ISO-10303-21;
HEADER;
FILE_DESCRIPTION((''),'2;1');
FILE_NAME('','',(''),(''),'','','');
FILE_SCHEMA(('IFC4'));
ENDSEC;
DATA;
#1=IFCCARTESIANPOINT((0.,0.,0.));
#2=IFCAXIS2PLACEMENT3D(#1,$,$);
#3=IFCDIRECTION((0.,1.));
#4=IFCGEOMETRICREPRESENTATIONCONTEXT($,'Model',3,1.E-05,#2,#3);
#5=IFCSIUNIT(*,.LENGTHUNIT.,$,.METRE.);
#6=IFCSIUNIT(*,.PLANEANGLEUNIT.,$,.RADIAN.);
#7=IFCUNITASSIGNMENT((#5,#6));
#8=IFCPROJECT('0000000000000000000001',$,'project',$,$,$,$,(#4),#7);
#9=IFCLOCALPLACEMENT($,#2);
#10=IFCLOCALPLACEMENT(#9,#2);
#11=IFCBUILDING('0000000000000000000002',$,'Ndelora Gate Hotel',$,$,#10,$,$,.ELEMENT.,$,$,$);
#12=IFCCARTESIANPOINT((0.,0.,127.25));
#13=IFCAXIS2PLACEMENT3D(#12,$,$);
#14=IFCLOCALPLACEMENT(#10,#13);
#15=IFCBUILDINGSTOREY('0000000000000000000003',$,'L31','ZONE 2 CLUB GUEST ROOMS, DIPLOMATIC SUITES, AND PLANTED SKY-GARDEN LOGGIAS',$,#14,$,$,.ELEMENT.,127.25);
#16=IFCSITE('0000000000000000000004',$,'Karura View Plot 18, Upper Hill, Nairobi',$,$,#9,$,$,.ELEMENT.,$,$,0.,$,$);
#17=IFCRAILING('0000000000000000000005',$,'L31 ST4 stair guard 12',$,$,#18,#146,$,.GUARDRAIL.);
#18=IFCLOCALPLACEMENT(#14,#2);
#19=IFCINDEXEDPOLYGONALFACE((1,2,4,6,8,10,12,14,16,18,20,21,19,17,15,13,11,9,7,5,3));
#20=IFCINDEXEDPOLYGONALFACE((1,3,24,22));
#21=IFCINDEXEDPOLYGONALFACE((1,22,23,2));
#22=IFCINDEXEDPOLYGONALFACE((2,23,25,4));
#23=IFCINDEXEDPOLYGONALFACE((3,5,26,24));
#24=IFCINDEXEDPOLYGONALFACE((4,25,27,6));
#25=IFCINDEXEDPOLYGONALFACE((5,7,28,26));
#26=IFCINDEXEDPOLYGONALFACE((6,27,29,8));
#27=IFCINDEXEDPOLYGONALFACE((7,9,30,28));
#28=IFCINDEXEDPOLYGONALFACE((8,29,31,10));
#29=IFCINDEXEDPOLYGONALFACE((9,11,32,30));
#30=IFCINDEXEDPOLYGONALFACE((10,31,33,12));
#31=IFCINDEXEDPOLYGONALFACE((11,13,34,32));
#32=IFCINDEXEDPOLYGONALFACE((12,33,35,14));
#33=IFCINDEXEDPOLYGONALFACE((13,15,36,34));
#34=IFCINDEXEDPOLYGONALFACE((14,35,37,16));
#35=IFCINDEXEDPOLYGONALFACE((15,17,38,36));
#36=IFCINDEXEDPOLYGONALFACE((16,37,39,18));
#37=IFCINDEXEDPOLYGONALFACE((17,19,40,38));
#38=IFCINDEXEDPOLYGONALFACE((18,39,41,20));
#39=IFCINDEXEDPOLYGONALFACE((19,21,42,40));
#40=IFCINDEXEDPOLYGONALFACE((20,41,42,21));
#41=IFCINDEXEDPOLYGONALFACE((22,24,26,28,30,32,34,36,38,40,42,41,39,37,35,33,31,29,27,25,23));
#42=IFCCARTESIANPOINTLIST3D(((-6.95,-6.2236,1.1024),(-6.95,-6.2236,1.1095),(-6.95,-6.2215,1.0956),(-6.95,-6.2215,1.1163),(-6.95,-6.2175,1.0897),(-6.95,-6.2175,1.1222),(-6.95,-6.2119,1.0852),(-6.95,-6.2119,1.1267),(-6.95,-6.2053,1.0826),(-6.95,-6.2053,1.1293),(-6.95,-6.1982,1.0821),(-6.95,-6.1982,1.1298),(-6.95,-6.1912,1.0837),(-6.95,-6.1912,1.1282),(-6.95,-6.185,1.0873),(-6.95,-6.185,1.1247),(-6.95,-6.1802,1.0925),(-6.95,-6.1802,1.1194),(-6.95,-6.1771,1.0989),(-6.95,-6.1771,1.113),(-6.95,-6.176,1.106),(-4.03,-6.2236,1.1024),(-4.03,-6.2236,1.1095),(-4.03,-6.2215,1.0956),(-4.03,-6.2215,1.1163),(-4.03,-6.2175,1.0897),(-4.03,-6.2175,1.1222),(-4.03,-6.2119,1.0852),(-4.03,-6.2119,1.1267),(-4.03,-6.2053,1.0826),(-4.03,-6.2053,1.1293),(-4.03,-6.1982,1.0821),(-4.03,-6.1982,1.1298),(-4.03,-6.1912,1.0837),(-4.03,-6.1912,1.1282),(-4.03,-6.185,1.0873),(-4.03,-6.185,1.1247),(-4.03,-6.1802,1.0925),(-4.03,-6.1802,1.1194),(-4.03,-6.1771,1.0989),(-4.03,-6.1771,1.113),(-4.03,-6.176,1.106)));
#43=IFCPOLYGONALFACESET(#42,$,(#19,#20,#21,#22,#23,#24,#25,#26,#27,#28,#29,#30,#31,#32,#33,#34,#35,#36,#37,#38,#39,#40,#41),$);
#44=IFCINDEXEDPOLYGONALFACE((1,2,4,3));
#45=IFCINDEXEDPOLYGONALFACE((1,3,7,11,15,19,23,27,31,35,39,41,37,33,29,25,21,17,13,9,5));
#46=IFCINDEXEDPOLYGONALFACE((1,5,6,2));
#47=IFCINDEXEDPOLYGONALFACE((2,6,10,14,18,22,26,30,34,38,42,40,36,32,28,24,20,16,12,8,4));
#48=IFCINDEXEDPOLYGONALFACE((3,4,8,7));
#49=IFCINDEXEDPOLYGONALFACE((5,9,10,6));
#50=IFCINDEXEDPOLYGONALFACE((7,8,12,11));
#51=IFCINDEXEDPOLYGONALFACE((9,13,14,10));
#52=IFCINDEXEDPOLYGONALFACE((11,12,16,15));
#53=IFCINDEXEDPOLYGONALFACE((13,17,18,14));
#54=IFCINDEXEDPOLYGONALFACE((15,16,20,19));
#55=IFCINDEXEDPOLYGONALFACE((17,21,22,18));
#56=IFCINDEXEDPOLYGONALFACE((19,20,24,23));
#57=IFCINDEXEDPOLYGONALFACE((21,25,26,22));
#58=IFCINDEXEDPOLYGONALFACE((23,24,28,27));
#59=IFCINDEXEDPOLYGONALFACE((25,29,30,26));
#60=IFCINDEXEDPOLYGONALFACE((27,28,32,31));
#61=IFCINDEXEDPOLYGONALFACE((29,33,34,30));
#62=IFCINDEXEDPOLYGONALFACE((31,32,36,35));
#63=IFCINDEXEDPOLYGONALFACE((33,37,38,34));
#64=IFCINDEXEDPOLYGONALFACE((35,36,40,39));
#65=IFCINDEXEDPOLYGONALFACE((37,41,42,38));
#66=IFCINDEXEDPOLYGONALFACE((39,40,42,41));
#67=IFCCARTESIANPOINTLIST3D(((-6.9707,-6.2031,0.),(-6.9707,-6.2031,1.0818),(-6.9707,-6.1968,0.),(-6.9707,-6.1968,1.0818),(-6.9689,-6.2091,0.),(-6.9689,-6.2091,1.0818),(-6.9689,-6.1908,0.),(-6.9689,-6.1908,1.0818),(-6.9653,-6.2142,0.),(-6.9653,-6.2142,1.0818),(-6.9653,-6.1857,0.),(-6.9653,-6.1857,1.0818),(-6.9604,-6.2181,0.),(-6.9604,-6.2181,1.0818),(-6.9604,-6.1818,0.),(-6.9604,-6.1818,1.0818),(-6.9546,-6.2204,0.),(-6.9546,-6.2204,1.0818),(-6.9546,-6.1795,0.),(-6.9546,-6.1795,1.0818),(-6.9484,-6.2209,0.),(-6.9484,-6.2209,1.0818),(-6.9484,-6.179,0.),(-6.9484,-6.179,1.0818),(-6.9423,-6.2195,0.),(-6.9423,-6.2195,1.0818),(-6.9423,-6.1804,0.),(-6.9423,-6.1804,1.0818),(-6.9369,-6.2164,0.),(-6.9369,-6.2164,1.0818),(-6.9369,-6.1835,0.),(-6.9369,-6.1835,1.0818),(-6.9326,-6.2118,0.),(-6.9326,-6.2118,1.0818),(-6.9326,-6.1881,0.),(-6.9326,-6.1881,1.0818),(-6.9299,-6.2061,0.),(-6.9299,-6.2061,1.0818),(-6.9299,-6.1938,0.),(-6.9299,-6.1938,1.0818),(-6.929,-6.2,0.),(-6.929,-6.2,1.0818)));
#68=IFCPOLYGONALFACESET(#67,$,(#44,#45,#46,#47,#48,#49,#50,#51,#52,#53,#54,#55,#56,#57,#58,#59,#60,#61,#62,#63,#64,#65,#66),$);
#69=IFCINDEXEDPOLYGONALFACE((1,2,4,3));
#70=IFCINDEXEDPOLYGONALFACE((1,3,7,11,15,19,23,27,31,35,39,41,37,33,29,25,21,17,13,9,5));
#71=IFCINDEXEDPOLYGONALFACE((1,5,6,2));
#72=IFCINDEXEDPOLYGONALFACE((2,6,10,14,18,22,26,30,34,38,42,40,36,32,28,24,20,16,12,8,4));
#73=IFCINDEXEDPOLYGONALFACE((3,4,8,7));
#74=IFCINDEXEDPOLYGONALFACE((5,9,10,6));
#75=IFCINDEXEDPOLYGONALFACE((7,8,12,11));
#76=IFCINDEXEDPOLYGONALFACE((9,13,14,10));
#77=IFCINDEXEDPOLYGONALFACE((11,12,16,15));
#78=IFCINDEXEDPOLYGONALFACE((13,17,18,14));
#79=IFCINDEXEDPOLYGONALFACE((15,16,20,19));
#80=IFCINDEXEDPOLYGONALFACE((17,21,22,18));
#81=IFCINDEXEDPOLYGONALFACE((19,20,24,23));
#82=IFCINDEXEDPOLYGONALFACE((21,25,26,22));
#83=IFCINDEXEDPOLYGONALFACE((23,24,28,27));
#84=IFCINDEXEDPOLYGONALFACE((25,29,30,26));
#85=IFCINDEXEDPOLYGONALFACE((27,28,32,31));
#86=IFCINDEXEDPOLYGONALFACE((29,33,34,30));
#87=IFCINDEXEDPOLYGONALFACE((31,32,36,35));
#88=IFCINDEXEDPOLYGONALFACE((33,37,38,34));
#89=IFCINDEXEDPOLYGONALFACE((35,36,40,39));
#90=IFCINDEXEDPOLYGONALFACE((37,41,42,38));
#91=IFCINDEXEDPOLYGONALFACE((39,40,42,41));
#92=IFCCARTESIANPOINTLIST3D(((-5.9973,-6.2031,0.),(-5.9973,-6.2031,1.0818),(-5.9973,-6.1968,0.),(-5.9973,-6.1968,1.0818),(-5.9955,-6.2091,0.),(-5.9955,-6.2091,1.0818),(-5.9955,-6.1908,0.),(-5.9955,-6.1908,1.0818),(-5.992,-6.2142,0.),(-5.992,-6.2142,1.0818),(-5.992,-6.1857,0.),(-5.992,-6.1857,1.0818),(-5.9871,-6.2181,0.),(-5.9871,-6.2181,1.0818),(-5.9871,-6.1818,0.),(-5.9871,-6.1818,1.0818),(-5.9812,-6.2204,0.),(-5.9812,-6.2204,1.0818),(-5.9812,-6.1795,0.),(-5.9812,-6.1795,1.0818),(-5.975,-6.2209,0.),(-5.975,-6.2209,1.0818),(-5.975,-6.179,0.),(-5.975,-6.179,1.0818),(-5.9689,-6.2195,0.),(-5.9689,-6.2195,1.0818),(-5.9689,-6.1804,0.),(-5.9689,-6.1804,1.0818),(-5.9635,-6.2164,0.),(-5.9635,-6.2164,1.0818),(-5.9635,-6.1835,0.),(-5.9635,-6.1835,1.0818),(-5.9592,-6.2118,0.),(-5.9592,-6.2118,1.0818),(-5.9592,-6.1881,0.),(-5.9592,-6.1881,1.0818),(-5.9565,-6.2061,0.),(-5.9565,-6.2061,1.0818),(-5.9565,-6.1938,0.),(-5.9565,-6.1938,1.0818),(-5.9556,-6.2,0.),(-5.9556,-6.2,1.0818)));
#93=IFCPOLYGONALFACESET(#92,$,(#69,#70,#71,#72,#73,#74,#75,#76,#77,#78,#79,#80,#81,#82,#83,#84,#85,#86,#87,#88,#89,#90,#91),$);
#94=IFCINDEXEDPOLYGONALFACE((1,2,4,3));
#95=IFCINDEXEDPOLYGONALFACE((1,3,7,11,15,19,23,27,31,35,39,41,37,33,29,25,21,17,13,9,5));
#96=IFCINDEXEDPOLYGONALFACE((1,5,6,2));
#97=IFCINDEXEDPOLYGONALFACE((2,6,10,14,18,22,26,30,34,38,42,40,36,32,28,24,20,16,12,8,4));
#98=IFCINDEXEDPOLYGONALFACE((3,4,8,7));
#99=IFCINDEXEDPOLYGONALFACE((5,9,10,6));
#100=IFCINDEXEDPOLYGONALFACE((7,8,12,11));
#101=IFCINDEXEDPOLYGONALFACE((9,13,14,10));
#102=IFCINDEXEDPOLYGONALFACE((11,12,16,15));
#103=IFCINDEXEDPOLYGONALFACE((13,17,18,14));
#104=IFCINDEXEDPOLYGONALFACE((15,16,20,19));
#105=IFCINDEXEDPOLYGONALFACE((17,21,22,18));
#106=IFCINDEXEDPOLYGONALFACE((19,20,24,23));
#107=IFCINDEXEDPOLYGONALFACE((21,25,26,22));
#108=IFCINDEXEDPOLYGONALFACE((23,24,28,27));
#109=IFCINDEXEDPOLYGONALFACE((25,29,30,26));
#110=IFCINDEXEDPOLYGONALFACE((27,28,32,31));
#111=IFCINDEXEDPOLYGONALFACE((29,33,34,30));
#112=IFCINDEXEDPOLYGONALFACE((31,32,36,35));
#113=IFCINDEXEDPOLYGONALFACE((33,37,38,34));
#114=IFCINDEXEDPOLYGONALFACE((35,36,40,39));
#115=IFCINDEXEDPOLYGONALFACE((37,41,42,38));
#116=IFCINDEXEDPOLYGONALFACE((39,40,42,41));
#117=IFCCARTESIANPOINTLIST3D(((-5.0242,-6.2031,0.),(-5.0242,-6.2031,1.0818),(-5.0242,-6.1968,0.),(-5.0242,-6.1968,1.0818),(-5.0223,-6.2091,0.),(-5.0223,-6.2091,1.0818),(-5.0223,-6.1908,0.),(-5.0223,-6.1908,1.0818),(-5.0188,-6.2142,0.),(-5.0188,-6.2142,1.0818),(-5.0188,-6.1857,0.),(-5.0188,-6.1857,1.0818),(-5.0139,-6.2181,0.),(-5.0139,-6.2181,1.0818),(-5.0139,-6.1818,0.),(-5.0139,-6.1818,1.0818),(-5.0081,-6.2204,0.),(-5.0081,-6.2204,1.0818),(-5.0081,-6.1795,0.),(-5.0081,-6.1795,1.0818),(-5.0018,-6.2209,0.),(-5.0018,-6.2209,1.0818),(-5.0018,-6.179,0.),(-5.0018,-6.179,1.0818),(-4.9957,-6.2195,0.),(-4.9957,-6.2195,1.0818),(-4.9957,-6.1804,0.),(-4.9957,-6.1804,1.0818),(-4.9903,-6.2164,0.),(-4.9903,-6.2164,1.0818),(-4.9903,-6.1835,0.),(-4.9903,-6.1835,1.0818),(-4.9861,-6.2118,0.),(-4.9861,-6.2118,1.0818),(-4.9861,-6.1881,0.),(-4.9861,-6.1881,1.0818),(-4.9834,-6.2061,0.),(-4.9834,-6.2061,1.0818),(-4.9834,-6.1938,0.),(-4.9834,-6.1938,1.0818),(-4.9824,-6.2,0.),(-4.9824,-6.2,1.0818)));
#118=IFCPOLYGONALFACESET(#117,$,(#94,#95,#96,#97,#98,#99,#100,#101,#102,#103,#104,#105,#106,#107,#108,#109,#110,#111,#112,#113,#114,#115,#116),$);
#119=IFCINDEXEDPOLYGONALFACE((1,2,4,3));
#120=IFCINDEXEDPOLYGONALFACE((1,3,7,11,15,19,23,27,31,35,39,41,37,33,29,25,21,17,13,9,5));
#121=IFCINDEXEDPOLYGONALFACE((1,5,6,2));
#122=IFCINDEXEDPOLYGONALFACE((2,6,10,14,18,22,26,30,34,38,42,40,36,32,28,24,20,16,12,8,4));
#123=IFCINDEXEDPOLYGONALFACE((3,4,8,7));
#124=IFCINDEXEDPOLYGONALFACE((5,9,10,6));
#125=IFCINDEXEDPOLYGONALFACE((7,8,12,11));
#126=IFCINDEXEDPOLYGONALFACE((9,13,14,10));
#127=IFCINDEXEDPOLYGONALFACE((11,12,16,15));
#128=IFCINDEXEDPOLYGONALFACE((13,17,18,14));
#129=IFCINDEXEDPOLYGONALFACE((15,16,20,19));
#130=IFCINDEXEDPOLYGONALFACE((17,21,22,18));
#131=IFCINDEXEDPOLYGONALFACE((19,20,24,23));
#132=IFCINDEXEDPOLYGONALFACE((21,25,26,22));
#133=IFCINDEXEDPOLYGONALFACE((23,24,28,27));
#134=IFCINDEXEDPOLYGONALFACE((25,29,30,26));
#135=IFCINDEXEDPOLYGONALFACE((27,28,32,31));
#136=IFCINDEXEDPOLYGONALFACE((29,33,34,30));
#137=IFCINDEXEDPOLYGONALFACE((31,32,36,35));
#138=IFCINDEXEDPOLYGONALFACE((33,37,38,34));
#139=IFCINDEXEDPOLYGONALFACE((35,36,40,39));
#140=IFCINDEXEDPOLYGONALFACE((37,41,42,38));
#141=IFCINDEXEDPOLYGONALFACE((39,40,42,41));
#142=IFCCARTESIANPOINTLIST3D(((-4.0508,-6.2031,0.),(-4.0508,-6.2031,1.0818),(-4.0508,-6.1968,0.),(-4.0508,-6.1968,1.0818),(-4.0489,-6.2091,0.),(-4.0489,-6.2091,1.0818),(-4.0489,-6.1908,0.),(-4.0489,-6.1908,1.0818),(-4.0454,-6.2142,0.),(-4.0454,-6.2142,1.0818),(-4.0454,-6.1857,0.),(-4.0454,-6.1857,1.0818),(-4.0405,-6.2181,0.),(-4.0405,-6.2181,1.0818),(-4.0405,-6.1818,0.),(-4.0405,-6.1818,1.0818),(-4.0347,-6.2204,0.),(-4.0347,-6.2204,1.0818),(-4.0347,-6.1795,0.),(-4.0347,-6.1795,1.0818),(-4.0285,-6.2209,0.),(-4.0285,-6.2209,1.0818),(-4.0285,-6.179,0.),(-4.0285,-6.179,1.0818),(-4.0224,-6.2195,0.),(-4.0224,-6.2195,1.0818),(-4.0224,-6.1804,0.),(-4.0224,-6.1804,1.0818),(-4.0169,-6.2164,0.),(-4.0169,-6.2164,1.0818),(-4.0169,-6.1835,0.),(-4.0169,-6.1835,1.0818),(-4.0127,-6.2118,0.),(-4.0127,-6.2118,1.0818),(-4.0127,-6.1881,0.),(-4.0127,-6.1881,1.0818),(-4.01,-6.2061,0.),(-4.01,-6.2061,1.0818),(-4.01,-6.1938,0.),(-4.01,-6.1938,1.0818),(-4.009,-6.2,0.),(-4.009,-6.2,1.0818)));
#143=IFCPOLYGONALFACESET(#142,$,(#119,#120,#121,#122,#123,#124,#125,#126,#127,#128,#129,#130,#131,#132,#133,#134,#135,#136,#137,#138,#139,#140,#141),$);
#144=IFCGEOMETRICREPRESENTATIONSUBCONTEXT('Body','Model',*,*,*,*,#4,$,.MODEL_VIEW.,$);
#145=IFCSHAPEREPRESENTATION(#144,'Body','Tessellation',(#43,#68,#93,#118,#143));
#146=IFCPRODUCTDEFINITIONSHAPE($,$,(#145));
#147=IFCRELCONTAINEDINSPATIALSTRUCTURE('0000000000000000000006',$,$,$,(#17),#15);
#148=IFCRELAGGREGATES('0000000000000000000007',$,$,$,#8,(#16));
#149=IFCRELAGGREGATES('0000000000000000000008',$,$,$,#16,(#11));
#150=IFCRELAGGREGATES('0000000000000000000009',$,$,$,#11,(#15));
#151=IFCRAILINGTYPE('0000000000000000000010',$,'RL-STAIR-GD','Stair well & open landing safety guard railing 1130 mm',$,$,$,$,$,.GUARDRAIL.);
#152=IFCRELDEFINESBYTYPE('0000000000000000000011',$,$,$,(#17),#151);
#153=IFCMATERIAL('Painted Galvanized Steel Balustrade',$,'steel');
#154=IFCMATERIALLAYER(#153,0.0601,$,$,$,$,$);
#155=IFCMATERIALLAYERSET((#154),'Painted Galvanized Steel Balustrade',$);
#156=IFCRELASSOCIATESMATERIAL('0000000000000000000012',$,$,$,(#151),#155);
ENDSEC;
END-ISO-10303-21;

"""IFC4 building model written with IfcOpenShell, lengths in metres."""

from ifc_helpers import new_model, si_unit, direction, frame, origin, origin_2d, place, context, subcontext, project, spatial, circle, extrude, material, layer, layer_set, type_object, element, save


model = new_model("IFC4")

# Units and contexts
model_context = context("Model", 3, precision=1e-05, world=origin(), true_north=direction((0.0, 1.0)))
body_context = subcontext(model_context, "Body", "Model", "MODEL_VIEW")
ifc_project = project(units=[si_unit("LENGTHUNIT", "METRE"), si_unit("PLANEANGLEUNIT", "RADIAN")], contexts=[model_context])

# Site, building, storey
site_placement = place(None, origin())
site = spatial("IfcSite", under=ifc_project, at=site_placement, Name="Karura View Plot 18, Upper Hill, Nairobi", CompositionType="ELEMENT", RefElevation=0.0)
building_placement = place(site_placement, origin())
building = spatial("IfcBuilding", under=site, at=building_placement, Name="Ndelora Gate Hotel", CompositionType="ELEMENT")
storey_placement = place(building_placement, frame((0.0, 0.0, 127.25)))
storey = spatial("IfcBuildingStorey", under=building, at=storey_placement, Name="L31", Description="ZONE 2 CLUB GUEST ROOMS, DIPLOMATIC SUITES, AND PLANTED SKY-GARDEN LOGGIAS", CompositionType="ELEMENT", Elevation=127.25)

# Railing
ifc_material_1 = material(Name="Painted Galvanized Steel Balustrade", Category="steel")
ifc_layer_1 = layer(ifc_material_1, 0.0601)
ifc_layer_set_1 = layer_set([ifc_layer_1], Name="Painted Galvanized Steel Balustrade")
railing_type_1 = type_object("IfcRailingType", Name="RL-STAIR-GD", Description="Stair well & open landing safety guard railing 1130 mm", PredefinedType="GUARDRAIL", material=ifc_layer_set_1)
railing_1_placement = place(storey_placement, frame((-6.95, -6.2, 0.0)))
element("IfcRailing", 1, at=railing_1_placement, inside=storey, type_object=railing_type_1, Name="L31 ST4 stair guard 12", PredefinedType="GUARDRAIL", context=body_context, shape_type="SweptSolid", body=[
    extrude(circle(Radius=0.0239, at=origin_2d()), frame((0.0, 0.0, 1.106), z_axis=(1.0, 0.0, 0.0), x_axis=(0.0, 1.0, 0.0)), (0.0, 0.0, 1.0), 2.9199),
    extrude(circle(Radius=0.021, at=origin_2d()), origin(), (0.0, 0.0, 1.0), 1.0818),
    extrude(circle(Radius=0.021, at=origin_2d()), frame((0.9734, 0.0, 0.0)), (0.0, 0.0, 1.0), 1.0818),
    extrude(circle(Radius=0.021, at=origin_2d()), frame((1.9465, 0.0, 0.0)), (0.0, 0.0, 1.0), 1.0818),
    extrude(circle(Radius=0.021, at=origin_2d()), frame((2.9199, 0.0, 0.0)), (0.0, 0.0, 1.0), 1.0818),
])

save(model, "model.ifc")
